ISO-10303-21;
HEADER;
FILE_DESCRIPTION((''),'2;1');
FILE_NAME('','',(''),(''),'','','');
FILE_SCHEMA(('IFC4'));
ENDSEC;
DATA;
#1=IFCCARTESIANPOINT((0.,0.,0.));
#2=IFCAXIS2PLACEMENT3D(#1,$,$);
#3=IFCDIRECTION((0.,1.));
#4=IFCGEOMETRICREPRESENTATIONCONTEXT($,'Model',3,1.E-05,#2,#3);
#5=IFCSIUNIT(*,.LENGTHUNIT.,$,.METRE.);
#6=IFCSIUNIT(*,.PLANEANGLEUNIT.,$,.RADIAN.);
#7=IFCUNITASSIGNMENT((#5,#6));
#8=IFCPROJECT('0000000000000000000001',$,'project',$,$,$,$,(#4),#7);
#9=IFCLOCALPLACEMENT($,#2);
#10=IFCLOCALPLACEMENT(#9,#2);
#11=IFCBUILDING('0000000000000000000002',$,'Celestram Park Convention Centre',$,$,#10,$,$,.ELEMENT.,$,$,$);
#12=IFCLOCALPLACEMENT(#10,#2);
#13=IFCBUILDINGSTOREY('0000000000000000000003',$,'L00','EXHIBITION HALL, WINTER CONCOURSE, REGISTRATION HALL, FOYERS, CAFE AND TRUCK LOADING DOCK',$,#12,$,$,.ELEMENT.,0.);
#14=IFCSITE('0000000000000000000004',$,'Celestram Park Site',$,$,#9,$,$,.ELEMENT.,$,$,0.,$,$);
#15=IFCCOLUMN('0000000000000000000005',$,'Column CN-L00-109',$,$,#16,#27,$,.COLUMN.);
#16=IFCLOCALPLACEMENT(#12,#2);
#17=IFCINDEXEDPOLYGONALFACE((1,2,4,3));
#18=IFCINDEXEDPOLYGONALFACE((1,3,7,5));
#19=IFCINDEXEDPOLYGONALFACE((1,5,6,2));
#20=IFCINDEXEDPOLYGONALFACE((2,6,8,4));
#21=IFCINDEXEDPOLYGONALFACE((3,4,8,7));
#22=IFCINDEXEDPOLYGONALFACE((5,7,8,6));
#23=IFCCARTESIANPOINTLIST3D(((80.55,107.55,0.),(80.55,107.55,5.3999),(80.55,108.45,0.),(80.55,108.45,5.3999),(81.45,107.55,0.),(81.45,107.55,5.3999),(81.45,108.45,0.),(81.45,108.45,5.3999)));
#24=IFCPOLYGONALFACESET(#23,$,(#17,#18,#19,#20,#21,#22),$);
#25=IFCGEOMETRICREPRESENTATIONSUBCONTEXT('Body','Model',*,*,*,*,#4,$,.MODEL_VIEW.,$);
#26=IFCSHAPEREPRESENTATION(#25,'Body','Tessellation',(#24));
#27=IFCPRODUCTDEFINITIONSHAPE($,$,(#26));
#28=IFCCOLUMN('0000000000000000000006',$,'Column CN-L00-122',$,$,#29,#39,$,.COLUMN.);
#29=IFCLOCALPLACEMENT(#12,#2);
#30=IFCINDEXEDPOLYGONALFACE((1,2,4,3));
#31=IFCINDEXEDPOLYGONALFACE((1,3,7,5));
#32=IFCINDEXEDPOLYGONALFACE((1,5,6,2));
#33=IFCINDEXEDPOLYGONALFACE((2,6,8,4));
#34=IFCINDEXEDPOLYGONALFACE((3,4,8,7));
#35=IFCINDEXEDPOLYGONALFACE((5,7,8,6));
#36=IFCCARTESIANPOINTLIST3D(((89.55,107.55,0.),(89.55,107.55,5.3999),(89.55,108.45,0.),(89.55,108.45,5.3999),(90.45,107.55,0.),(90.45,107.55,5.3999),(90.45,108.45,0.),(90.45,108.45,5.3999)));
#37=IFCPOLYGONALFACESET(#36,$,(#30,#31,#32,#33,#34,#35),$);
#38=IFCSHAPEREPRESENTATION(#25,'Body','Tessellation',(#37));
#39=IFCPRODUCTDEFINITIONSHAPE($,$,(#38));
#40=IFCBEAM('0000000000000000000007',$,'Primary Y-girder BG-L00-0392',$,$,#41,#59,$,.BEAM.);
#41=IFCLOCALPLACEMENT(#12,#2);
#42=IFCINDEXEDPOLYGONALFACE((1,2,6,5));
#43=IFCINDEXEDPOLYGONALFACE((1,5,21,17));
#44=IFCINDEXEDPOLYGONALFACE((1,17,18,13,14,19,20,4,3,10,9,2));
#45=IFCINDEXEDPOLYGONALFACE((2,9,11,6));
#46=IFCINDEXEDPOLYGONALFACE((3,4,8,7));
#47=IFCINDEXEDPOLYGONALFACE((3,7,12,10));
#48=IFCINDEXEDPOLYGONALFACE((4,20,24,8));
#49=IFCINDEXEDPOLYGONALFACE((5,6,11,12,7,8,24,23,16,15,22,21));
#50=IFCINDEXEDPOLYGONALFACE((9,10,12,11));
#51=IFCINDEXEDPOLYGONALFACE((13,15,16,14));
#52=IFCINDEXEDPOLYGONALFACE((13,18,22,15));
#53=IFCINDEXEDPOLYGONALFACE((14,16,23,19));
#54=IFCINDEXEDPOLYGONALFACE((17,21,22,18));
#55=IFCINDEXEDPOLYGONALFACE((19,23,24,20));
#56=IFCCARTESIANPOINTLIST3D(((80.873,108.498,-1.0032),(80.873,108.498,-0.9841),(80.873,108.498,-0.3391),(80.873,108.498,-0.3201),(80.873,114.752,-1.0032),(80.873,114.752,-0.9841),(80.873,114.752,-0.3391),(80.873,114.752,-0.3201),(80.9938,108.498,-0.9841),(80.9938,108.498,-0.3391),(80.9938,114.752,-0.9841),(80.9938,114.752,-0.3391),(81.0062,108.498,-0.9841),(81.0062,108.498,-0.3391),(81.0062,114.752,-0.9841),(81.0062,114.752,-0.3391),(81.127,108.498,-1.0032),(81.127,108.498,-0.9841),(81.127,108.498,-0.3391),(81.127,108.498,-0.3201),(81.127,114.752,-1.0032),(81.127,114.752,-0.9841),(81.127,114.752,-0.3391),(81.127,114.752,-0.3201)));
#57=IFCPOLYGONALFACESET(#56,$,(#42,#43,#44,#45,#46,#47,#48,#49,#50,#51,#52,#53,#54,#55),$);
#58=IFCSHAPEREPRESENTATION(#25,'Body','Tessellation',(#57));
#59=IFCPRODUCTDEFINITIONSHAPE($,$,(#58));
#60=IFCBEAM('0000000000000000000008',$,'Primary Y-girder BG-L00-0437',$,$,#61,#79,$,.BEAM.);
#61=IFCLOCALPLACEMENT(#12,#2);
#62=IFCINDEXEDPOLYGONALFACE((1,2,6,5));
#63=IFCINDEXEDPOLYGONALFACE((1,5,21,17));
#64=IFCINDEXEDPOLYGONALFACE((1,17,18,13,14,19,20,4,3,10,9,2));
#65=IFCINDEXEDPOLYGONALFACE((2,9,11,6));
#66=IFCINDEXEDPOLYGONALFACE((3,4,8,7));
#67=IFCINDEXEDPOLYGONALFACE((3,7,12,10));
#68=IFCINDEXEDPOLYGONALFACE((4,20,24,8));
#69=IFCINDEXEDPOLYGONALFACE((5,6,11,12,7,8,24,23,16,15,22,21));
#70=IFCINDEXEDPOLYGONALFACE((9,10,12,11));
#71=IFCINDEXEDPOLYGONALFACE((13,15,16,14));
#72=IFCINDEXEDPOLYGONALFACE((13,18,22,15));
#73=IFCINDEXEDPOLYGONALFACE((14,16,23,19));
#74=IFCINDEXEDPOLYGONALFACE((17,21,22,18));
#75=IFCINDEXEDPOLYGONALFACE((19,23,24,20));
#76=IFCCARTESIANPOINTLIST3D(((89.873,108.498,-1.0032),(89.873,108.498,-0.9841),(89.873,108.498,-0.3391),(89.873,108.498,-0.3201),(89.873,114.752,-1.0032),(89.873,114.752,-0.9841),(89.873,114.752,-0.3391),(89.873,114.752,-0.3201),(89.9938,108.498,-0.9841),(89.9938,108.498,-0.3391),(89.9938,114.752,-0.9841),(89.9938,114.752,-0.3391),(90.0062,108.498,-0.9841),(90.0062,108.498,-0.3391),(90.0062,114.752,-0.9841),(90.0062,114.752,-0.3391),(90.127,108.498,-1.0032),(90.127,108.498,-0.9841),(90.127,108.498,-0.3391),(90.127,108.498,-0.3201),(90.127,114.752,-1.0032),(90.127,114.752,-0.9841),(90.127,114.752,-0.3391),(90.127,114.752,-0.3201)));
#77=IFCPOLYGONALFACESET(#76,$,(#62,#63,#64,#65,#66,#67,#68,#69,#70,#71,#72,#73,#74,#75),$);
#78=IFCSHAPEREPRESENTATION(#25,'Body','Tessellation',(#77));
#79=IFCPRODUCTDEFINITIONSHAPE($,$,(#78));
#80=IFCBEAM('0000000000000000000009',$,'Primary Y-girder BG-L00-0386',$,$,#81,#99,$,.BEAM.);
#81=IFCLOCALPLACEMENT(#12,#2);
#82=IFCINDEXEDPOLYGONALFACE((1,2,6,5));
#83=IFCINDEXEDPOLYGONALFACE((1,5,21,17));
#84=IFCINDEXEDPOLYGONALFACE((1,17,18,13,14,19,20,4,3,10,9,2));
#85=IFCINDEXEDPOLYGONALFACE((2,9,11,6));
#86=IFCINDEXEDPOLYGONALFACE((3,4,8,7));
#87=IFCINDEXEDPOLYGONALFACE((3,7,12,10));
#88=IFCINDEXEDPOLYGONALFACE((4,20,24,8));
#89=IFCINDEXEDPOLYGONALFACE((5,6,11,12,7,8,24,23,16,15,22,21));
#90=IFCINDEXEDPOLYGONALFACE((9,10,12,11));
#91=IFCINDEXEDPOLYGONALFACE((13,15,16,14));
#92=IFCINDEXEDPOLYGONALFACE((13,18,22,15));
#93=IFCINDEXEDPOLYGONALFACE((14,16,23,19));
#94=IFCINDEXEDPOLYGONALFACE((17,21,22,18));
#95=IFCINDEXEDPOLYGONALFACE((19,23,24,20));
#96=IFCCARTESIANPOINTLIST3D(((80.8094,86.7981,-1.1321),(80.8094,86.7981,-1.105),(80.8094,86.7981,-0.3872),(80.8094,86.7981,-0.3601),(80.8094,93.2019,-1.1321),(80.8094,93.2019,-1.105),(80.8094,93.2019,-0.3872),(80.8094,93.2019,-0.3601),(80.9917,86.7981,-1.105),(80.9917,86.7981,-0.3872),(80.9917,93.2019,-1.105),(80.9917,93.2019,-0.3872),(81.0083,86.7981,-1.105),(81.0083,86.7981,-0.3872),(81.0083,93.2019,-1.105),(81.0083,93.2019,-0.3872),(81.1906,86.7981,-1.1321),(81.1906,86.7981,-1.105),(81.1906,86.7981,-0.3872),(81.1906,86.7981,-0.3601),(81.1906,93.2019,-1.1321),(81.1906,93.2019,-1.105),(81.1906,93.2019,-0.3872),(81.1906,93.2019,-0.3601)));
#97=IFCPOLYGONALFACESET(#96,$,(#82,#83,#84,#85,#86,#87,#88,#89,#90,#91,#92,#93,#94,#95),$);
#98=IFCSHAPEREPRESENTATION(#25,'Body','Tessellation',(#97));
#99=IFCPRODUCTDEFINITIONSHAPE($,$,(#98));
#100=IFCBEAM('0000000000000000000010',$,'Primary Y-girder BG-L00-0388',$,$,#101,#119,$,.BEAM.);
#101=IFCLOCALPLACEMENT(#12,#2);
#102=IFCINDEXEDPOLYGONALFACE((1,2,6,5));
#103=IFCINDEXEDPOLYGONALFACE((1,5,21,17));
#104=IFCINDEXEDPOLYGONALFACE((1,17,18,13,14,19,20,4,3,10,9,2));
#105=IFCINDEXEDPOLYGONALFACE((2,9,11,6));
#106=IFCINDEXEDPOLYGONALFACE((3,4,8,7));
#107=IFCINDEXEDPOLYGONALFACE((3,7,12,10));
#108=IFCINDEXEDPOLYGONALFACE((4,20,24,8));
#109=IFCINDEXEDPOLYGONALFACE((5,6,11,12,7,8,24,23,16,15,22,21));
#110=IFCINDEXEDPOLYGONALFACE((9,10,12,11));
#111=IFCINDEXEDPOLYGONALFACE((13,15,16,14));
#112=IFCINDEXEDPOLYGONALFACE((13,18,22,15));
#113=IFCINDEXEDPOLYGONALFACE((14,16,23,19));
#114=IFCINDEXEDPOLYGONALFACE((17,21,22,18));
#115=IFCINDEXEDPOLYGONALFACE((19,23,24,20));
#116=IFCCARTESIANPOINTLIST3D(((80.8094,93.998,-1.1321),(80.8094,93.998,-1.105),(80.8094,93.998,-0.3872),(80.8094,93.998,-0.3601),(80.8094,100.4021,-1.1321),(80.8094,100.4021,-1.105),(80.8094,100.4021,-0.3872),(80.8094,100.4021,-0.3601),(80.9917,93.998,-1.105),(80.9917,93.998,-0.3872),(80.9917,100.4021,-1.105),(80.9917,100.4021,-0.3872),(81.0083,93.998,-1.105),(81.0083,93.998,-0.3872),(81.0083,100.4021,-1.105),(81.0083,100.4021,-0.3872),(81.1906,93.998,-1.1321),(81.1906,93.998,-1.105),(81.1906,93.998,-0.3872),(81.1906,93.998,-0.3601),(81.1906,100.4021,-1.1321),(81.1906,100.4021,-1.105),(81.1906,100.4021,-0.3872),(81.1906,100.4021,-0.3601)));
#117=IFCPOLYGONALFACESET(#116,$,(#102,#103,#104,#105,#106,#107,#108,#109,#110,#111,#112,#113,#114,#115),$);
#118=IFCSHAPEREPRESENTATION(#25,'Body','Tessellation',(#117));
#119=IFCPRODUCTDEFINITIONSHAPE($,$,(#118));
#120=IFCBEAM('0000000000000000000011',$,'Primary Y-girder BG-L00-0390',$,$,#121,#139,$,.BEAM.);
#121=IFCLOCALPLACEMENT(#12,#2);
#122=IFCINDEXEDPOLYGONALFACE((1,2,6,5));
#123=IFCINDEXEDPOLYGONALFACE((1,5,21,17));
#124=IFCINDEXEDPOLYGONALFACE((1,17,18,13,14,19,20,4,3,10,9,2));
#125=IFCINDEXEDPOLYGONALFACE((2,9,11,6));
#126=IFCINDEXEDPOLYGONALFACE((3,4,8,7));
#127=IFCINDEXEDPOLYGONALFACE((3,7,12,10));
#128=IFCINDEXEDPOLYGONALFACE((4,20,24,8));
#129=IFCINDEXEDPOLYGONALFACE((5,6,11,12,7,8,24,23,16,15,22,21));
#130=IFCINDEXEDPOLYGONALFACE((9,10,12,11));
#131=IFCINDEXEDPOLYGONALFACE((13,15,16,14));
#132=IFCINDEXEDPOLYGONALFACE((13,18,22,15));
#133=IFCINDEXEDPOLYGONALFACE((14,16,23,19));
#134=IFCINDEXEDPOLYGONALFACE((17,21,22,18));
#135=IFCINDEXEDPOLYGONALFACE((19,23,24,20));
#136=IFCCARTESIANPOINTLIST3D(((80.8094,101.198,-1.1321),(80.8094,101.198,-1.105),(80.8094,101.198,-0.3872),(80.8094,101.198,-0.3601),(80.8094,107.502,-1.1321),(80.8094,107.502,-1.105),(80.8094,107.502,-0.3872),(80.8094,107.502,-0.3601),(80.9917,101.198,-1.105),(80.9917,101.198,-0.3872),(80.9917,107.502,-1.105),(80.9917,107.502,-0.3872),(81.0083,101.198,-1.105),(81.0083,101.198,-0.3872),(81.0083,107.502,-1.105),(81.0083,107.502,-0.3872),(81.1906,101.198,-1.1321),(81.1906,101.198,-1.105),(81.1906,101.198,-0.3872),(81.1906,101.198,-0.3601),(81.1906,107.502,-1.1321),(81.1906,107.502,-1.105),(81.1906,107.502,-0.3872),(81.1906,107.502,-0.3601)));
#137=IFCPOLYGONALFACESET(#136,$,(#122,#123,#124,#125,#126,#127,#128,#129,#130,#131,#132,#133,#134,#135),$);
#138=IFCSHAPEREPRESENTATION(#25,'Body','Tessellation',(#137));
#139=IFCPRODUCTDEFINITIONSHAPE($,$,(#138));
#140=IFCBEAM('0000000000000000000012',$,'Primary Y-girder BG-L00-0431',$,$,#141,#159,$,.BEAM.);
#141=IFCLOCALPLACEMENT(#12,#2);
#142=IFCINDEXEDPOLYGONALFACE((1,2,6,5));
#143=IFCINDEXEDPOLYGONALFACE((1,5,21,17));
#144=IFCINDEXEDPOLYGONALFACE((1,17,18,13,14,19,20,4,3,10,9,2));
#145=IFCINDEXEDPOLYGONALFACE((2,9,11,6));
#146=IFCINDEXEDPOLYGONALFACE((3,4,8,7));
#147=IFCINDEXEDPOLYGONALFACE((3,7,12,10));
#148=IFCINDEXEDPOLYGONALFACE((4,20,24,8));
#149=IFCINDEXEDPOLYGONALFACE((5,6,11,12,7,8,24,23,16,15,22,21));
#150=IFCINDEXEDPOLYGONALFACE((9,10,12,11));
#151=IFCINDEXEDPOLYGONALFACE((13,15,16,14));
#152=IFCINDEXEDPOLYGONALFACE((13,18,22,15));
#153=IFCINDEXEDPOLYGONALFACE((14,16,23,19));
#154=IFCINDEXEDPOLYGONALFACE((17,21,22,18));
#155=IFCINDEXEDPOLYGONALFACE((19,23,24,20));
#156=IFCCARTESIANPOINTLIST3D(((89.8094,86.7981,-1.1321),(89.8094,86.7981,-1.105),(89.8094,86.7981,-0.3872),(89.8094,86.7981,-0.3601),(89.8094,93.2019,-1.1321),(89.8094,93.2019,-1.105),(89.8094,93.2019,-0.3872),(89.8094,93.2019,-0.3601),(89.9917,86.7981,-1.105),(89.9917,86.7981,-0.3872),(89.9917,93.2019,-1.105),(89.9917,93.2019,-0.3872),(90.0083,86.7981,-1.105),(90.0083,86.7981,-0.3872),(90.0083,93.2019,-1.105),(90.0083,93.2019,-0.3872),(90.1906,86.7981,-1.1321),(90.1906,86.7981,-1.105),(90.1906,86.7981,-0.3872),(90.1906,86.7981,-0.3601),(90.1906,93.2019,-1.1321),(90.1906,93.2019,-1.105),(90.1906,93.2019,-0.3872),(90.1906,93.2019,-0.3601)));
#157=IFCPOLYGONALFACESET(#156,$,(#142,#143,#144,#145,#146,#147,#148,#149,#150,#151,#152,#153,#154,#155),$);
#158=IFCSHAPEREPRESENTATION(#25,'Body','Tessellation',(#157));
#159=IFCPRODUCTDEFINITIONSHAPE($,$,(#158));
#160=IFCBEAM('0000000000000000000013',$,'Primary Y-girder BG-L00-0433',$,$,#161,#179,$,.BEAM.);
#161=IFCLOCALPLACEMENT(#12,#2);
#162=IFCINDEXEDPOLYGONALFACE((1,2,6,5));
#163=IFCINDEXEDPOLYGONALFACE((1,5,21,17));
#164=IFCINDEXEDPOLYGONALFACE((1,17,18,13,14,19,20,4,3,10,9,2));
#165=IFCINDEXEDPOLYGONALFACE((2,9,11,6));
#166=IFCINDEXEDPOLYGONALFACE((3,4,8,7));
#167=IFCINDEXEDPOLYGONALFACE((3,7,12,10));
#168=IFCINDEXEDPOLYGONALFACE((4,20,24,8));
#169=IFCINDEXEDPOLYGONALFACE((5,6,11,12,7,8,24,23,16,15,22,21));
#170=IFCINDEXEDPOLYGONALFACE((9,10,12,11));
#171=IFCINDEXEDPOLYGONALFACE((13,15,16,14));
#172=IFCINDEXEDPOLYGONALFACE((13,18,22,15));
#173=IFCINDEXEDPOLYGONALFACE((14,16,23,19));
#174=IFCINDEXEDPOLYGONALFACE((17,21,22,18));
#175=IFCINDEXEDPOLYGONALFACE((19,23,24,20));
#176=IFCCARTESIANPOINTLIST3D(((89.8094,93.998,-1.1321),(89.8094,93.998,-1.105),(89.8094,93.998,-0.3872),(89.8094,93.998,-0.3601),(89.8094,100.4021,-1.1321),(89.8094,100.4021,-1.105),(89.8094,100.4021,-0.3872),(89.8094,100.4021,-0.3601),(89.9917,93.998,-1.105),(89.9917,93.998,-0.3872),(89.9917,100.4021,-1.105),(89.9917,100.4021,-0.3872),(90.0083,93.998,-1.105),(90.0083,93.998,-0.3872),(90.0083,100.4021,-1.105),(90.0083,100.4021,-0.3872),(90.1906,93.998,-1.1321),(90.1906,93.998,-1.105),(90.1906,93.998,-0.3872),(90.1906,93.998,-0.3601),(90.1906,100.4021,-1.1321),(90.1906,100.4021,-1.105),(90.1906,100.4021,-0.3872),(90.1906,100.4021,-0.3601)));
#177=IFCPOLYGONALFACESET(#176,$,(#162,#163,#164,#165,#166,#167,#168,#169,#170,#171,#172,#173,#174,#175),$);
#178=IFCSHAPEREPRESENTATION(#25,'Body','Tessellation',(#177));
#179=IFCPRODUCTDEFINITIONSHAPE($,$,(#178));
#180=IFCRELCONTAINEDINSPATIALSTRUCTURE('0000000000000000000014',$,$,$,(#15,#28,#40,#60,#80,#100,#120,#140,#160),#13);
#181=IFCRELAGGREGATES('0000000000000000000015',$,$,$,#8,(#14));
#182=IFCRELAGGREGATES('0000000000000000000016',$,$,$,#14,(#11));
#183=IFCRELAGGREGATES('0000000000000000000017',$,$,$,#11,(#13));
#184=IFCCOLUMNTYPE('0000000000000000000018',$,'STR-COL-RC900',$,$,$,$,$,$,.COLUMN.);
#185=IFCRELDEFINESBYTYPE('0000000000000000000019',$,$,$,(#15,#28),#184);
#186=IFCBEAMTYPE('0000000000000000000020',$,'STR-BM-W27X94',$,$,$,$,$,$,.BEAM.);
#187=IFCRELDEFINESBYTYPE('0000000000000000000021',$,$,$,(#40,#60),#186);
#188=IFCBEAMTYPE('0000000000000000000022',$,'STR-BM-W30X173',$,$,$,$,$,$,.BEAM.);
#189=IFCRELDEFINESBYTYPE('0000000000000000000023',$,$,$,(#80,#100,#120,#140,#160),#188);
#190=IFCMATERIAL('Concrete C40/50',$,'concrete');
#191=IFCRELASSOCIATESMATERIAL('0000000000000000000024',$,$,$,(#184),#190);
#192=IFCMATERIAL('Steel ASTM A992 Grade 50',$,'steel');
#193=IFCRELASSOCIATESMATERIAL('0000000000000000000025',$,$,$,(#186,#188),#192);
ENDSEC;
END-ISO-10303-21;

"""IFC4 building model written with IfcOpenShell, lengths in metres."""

from ifc_helpers import new_model, si_unit, direction, frame, origin, origin_2d, place, context, subcontext, project, spatial, rectangle, i_section, extrude, material, material_profile, profile_set, type_object, element, save


model = new_model("IFC4")

# Units and contexts
model_context = context("Model", 3, precision=1e-05, world=origin(), true_north=direction((0.0, 1.0)))
body_context = subcontext(model_context, "Body", "Model", "MODEL_VIEW")
ifc_project = project(units=[si_unit("LENGTHUNIT", "METRE"), si_unit("PLANEANGLEUNIT", "RADIAN")], contexts=[model_context])

# Site, building, storey
site_placement = place(None, origin())
site = spatial("IfcSite", under=ifc_project, at=site_placement, Name="Celestram Park Site", CompositionType="ELEMENT", RefElevation=0.0)
building_placement = place(site_placement, origin())
building = spatial("IfcBuilding", under=site, at=building_placement, Name="Celestram Park Convention Centre", CompositionType="ELEMENT")
storey_placement = place(building_placement, origin())
storey = spatial("IfcBuildingStorey", under=building, at=storey_placement, Name="L00", Description="EXHIBITION HALL, WINTER CONCOURSE, REGISTRATION HALL, FOYERS, CAFE AND TRUCK LOADING DOCK", CompositionType="ELEMENT", Elevation=0.0)

# Columns
ifc_material_1 = material(Name="Concrete C40/50", Category="concrete")
ifc_material_profile_1 = material_profile(ifc_material_1, rectangle(XDim=0.8999, YDim=0.8999, at=origin_2d()), Name="RC900X900")
ifc_profile_set_1 = profile_set([ifc_material_profile_1], Name="Concrete C40/50")
column_type = type_object("IfcColumnType", Name="STR-COL-RC900", PredefinedType="COLUMN", material=ifc_profile_set_1)
for number, where, z_axis, x_axis, name in (
    (1, (81.0, 108.0, 0.0), (0.0, 0.0, 1.0), (1.0, 0.0, 0.0), "Column CN-L00-109"),
    (2, (90.0, 108.0, 0.0), (0.0, 0.0, 1.0), (1.0, 0.0, 0.0), "Column CN-L00-122"),
):
    element("IfcColumn", number, at=place(storey_placement, frame(where, z_axis=z_axis, x_axis=x_axis)), inside=storey, type_object=column_type, Name=name, PredefinedType="COLUMN", context=body_context, shape_type="SweptSolid", body=[
        extrude(rectangle(XDim=0.8999, YDim=0.8999, at=origin_2d()), origin(), (0.0, 0.0, 1.0), 5.3999),
    ])

# Beams
ifc_material_2 = material(Name="Steel ASTM A992 Grade 50", Category="steel")
ifc_material_profile_2 = material_profile(ifc_material_2, i_section(OverallWidth=0.2539, OverallDepth=0.6831, WebThickness=0.0125, FlangeThickness=0.019, at=origin_2d()), Name="W27X94")
ifc_profile_set_2 = profile_set([ifc_material_profile_2], Name="Steel ASTM A992 Grade 50")
beam_type_1 = type_object("IfcBeamType", Name="STR-BM-W27X94", PredefinedType="BEAM", material=ifc_profile_set_2)
for number, where, z_axis, x_axis, name in (
    (3, (81.0, 108.498, -0.6616), (0.0, 1.0, 0.0), (-1.0, 0.0, 0.0), "Primary Y-girder BG-L00-0392"),
    (4, (90.0, 108.498, -0.6616), (0.0, 1.0, 0.0), (-1.0, 0.0, 0.0), "Primary Y-girder BG-L00-0437"),
):
    element("IfcBeam", number, at=place(storey_placement, frame(where, z_axis=z_axis, x_axis=x_axis)), inside=storey, type_object=beam_type_1, Name=name, PredefinedType="BEAM", context=body_context, shape_type="SweptSolid", body=[
        extrude(i_section(OverallWidth=0.2539, OverallDepth=0.6831, WebThickness=0.0125, FlangeThickness=0.019, at=origin_2d()), origin(), (0.0, 0.0, 1.0), 6.2539),
    ])
ifc_material_profile_3 = material_profile(ifc_material_2, i_section(OverallWidth=0.3811, OverallDepth=0.772, WebThickness=0.0166, FlangeThickness=0.0271, at=origin_2d()), Name="W30X173")
ifc_profile_set_3 = profile_set([ifc_material_profile_3], Name="Steel ASTM A992 Grade 50")
beam_type_2 = type_object("IfcBeamType", Name="STR-BM-W30X173", PredefinedType="BEAM", material=ifc_profile_set_3)
beam_1_placement = place(storey_placement, frame((81.0, 86.7981, -0.7461), z_axis=(0.0, 1.0, 0.0), x_axis=(-1.0, 0.0, 0.0)))
element("IfcBeam", 5, at=beam_1_placement, inside=storey, type_object=beam_type_2, Name="Primary Y-girder BG-L00-0386", PredefinedType="BEAM", context=body_context, shape_type="SweptSolid", body=[
    extrude(i_section(OverallWidth=0.3811, OverallDepth=0.772, WebThickness=0.0166, FlangeThickness=0.0271, at=origin_2d()), origin(), (0.0, 0.0, 1.0), 6.4038),
])
beam_2_placement = place(storey_placement, frame((81.0, 93.998, -0.7461), z_axis=(0.0, 1.0, 0.0), x_axis=(-1.0, 0.0, 0.0)))
element("IfcBeam", 6, at=beam_2_placement, inside=storey, type_object=beam_type_2, Name="Primary Y-girder BG-L00-0388", PredefinedType="BEAM", context=body_context, shape_type="SweptSolid", body=[
    extrude(i_section(OverallWidth=0.3811, OverallDepth=0.772, WebThickness=0.0166, FlangeThickness=0.0271, at=origin_2d()), origin(), (0.0, 0.0, 1.0), 6.4041),
])
beam_3_placement = place(storey_placement, frame((81.0, 101.198, -0.7461), z_axis=(0.0, 1.0, 0.0), x_axis=(-1.0, 0.0, 0.0)))
element("IfcBeam", 7, at=beam_3_placement, inside=storey, type_object=beam_type_2, Name="Primary Y-girder BG-L00-0390", PredefinedType="BEAM", context=body_context, shape_type="SweptSolid", body=[
    extrude(i_section(OverallWidth=0.3811, OverallDepth=0.772, WebThickness=0.0166, FlangeThickness=0.0271, at=origin_2d()), origin(), (0.0, 0.0, 1.0), 6.304),
])
beam_4_placement = place(storey_placement, frame((90.0, 86.7981, -0.7461), z_axis=(0.0, 1.0, 0.0), x_axis=(-1.0, 0.0, 0.0)))
element("IfcBeam", 8, at=beam_4_placement, inside=storey, type_object=beam_type_2, Name="Primary Y-girder BG-L00-0431", PredefinedType="BEAM", context=body_context, shape_type="SweptSolid", body=[
    extrude(i_section(OverallWidth=0.3811, OverallDepth=0.772, WebThickness=0.0166, FlangeThickness=0.0271, at=origin_2d()), origin(), (0.0, 0.0, 1.0), 6.4038),
])
beam_5_placement = place(storey_placement, frame((90.0, 93.998, -0.7461), z_axis=(0.0, 1.0, 0.0), x_axis=(-1.0, 0.0, 0.0)))
element("IfcBeam", 9, at=beam_5_placement, inside=storey, type_object=beam_type_2, Name="Primary Y-girder BG-L00-0433", PredefinedType="BEAM", context=body_context, shape_type="SweptSolid", body=[
    extrude(i_section(OverallWidth=0.3811, OverallDepth=0.772, WebThickness=0.0166, FlangeThickness=0.0271, at=origin_2d()), origin(), (0.0, 0.0, 1.0), 6.4041),
])

save(model, "model.ifc")
